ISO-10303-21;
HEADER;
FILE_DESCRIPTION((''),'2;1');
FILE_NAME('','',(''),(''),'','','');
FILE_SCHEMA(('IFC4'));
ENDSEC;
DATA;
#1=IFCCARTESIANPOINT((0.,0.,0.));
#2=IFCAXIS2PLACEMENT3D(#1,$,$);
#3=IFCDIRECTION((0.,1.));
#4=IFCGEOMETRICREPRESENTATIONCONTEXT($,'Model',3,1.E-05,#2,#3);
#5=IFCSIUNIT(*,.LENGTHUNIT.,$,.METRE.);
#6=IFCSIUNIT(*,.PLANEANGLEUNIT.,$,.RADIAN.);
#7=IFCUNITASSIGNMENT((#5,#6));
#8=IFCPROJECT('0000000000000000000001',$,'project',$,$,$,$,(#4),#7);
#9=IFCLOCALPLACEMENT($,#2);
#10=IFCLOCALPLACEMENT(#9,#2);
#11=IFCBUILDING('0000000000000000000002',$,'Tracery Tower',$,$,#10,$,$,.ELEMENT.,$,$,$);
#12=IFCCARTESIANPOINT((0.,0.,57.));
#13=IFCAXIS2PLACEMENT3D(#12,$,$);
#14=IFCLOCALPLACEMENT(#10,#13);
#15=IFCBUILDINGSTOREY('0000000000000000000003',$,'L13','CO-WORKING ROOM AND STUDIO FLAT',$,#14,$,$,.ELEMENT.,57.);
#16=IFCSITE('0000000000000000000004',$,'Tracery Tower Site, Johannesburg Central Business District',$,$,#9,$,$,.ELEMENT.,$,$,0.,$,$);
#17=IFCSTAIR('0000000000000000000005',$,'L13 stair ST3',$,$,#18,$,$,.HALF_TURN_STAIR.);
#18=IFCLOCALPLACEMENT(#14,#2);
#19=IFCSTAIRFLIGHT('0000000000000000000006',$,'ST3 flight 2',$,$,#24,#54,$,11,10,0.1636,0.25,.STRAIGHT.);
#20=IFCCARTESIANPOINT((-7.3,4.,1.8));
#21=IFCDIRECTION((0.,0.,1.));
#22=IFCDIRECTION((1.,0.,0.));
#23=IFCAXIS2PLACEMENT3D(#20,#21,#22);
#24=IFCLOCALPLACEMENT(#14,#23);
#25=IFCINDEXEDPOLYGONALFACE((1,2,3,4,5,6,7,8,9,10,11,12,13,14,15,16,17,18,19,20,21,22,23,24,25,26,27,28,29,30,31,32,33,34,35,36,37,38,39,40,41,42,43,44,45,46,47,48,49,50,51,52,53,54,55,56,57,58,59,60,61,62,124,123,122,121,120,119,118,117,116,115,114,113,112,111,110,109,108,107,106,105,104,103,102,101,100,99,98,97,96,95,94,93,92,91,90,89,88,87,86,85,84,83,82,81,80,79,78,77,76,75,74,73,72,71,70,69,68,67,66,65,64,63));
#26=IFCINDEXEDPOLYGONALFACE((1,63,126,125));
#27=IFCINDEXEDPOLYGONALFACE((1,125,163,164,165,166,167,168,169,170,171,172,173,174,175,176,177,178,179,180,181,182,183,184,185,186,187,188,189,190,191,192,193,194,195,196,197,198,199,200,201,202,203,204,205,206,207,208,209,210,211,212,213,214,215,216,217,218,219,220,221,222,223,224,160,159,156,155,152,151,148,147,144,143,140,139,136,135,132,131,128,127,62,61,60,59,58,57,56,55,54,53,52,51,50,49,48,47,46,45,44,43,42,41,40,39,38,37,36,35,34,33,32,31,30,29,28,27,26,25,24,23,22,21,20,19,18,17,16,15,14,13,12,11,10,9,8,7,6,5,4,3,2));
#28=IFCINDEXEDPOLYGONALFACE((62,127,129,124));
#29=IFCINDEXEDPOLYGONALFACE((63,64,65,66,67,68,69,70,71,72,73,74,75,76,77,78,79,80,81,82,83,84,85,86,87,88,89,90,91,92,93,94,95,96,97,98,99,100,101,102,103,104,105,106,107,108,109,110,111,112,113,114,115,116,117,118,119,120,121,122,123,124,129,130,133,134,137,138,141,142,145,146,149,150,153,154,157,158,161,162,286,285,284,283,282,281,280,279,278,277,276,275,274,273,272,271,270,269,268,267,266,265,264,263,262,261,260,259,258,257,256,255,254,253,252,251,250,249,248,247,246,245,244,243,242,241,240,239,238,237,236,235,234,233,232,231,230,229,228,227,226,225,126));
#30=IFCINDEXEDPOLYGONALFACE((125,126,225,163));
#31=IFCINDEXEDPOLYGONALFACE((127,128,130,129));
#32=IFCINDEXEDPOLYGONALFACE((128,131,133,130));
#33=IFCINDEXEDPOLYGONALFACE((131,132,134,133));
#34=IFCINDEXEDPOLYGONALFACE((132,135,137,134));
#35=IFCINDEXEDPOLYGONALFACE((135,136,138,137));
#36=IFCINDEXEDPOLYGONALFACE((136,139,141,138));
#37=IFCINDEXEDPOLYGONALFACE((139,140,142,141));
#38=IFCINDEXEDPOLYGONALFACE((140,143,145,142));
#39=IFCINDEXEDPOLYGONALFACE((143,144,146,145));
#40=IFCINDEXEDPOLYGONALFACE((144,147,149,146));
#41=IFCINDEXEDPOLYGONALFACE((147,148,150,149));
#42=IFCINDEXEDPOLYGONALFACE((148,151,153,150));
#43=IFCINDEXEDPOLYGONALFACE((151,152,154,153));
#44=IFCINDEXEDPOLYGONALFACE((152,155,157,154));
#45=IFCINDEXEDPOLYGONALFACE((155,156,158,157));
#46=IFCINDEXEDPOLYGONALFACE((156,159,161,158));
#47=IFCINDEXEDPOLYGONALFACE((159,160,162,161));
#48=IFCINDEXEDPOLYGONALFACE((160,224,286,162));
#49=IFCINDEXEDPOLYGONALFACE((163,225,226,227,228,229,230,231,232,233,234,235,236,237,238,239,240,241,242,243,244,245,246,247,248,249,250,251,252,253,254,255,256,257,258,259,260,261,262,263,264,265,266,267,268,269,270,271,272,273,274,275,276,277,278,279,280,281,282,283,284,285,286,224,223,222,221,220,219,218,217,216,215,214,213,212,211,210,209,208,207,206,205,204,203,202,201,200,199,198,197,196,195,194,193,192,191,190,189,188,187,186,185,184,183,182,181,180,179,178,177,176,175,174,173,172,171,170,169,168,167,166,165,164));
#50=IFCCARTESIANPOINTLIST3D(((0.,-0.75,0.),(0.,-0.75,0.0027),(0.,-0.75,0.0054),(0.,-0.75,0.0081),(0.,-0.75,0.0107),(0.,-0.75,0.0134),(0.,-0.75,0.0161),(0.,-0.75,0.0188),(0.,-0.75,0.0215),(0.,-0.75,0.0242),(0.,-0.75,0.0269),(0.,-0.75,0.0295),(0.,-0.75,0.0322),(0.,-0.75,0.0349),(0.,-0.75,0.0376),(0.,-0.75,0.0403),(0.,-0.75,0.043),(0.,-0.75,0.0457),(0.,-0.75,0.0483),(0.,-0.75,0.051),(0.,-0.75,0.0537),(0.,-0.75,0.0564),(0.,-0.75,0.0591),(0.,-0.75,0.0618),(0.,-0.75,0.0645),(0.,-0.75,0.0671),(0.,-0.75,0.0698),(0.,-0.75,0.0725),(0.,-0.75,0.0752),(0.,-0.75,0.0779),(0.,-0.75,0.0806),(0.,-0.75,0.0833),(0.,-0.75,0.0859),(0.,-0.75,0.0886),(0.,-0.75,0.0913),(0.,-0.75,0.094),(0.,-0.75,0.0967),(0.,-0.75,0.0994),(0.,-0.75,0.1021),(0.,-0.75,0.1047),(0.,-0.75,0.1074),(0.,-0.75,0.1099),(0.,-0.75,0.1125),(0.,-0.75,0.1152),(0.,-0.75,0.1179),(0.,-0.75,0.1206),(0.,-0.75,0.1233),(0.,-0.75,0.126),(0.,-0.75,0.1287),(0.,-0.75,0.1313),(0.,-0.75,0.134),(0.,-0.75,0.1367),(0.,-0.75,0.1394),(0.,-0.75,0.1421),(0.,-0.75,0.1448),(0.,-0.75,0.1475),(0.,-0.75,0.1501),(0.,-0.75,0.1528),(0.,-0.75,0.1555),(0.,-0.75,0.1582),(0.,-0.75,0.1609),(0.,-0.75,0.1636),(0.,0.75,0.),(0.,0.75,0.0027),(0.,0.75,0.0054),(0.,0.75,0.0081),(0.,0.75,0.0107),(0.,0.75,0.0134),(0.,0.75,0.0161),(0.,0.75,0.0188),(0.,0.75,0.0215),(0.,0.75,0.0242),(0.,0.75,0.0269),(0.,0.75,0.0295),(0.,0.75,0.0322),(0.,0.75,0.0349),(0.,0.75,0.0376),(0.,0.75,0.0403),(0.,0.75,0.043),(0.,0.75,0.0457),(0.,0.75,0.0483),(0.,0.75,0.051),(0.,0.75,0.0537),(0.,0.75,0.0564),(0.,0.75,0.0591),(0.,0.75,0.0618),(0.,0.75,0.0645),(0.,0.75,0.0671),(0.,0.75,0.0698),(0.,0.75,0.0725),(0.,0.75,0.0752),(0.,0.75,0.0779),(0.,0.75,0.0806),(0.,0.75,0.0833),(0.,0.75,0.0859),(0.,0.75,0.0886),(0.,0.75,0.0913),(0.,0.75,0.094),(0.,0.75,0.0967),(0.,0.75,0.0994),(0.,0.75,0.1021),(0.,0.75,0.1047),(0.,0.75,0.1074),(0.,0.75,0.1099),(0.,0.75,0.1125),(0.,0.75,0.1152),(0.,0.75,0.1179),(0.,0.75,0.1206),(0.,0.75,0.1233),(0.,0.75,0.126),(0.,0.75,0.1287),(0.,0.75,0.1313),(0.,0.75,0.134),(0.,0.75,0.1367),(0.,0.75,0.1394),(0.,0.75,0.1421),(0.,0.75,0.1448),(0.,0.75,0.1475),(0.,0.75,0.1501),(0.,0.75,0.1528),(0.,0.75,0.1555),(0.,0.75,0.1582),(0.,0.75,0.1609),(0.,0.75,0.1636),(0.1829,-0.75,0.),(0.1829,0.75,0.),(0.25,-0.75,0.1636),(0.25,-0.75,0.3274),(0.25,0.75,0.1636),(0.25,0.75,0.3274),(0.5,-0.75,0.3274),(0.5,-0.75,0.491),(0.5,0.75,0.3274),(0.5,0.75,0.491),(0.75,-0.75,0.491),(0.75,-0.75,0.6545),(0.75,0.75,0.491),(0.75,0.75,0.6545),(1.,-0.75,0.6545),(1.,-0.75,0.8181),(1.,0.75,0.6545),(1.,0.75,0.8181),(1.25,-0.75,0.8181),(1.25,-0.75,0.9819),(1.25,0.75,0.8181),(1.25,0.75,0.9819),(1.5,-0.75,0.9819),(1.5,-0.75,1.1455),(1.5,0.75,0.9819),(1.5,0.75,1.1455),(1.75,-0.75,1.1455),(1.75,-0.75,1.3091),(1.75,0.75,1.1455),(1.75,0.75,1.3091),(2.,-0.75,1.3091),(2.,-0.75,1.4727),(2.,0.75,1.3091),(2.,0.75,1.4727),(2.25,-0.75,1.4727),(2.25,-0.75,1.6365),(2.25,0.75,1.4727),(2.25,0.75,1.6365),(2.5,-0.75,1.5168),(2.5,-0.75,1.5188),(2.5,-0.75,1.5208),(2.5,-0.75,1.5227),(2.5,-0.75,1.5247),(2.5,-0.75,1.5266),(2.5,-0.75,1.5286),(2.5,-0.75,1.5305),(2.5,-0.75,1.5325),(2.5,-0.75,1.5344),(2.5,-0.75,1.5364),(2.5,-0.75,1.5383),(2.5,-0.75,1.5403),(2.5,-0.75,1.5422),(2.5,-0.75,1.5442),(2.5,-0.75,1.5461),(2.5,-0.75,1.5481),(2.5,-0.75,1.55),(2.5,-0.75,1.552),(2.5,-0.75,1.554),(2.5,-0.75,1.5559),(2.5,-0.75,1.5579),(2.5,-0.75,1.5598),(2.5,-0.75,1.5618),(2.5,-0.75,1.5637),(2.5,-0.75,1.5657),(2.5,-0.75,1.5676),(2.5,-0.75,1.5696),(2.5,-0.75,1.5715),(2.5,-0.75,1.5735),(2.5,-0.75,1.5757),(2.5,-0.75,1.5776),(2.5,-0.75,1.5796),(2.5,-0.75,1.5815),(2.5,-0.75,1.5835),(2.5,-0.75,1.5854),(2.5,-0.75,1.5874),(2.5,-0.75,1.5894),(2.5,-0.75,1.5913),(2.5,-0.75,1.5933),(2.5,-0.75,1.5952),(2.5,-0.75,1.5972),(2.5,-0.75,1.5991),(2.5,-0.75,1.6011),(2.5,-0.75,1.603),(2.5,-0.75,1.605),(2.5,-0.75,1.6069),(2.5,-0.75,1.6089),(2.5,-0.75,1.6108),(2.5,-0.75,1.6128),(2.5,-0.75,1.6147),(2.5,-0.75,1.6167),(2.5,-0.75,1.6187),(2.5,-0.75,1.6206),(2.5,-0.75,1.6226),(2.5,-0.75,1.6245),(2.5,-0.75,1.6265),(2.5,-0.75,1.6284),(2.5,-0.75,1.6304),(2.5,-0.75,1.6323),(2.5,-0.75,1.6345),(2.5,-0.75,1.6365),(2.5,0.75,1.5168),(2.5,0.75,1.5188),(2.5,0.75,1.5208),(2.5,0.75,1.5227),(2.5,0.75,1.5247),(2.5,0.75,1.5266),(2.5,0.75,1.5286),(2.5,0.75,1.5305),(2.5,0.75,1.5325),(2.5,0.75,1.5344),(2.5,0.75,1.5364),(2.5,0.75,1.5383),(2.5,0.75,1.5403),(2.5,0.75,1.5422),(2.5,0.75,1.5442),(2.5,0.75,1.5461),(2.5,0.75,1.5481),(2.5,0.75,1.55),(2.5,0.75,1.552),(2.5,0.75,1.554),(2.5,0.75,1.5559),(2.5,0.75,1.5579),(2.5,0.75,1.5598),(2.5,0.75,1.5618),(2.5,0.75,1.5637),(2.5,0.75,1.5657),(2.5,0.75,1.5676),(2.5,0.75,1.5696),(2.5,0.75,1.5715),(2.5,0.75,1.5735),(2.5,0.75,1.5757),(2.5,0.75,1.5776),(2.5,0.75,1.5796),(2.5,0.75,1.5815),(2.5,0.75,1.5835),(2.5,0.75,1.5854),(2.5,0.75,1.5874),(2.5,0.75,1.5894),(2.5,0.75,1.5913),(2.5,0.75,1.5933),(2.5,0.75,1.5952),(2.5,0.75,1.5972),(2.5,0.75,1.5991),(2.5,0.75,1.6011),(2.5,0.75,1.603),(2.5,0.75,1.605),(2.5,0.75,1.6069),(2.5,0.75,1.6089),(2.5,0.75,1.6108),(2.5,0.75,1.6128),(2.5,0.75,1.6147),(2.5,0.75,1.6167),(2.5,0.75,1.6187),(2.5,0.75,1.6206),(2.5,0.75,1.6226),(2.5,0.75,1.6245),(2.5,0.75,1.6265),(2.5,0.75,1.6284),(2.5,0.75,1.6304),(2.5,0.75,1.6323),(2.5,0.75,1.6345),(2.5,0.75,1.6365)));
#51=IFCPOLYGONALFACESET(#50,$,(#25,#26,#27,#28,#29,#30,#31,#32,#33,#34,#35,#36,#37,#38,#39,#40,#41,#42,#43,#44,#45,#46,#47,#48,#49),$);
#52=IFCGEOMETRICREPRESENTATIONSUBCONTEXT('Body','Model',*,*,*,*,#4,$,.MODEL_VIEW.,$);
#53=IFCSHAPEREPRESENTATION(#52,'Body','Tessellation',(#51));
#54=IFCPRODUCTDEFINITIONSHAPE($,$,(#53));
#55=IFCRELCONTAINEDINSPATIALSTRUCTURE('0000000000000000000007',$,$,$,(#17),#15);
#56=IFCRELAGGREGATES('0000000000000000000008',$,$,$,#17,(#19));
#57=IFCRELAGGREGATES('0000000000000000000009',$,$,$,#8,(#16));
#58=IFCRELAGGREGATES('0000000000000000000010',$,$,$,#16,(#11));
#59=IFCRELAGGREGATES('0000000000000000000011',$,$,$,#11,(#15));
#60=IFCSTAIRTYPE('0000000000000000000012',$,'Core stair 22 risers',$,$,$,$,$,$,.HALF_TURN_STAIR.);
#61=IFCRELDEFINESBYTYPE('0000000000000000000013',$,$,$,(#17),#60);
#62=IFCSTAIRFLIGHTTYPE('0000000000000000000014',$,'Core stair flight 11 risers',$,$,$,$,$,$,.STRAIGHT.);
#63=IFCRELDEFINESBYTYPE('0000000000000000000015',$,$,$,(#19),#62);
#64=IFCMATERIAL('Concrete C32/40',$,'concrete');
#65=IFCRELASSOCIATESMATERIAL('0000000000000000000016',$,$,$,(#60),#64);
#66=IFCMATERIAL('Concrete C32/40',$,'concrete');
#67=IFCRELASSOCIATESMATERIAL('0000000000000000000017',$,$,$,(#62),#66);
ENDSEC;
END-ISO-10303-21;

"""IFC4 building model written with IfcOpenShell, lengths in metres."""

from ifc_helpers import new_model, si_unit, direction, frame, origin, place, context, subcontext, project, spatial, polyline, outline, extrude, material, type_object, element, aggregate, save


model = new_model("IFC4")

# Units and contexts
model_context = context("Model", 3, precision=1e-05, world=origin(), true_north=direction((0.0, 1.0)))
body_context = subcontext(model_context, "Body", "Model", "MODEL_VIEW")
ifc_project = project(units=[si_unit("LENGTHUNIT", "METRE"), si_unit("PLANEANGLEUNIT", "RADIAN")], contexts=[model_context])

# Site, building, storey
site_placement = place(None, origin())
site = spatial("IfcSite", under=ifc_project, at=site_placement, Name="Tracery Tower Site, Johannesburg Central Business District", CompositionType="ELEMENT", RefElevation=0.0)
building_placement = place(site_placement, origin())
building = spatial("IfcBuilding", under=site, at=building_placement, Name="Tracery Tower", CompositionType="ELEMENT")
storey_placement = place(building_placement, frame((0.0, 0.0, 57.0)))
storey = spatial("IfcBuildingStorey", under=building, at=storey_placement, Name="L13", Description="CO-WORKING ROOM AND STUDIO FLAT", CompositionType="ELEMENT", Elevation=57.0)

# Stair, stair flight
ifc_material_1 = material(Name="Concrete C32/40", Category="concrete")
stair_type = type_object("IfcStairType", Name="Core stair 22 risers", PredefinedType="HALF_TURN_STAIR", material=ifc_material_1)
stair_placement = place(storey_placement, origin())
stair = element("IfcStair", 1, at=stair_placement, inside=storey, type_object=stair_type, Name="L13 stair ST3", PredefinedType="HALF_TURN_STAIR")
ifc_material_2 = material(Name="Concrete C32/40", Category="concrete")
stair_flight_type = type_object("IfcStairFlightType", Name="Core stair flight 11 risers", PredefinedType="STRAIGHT", material=ifc_material_2)
stair_flight_1_placement = place(storey_placement, frame((-7.3, 4.0, 1.8), z_axis=(0.0, 0.0, 1.0), x_axis=(1.0, 0.0, 0.0)))
stair_flight_1 = element("IfcStairFlight", 2, at=stair_flight_1_placement, type_object=stair_flight_type, Name="ST3 flight 2", NumberOfRisers=11, NumberOfTreads=10, PredefinedType="STRAIGHT", RiserHeight=0.1636, TreadLength=0.25, context=body_context, shape_type="SweptSolid", body=[
    extrude(outline(polyline([(0.0, 0.0), (0.0, 0.0027), (0.0, 0.0054), (0.0, 0.0081), (0.0, 0.0107), (0.0, 0.0134), (0.0, 0.0161), (0.0, 0.0188), (0.0, 0.0215), (0.0, 0.0242), (0.0, 0.0269), (0.0, 0.0295), (0.0, 0.0322), (0.0, 0.0349), (0.0, 0.0376), (0.0, 0.0403), (0.0, 0.043), (0.0, 0.0457), (0.0, 0.0483), (0.0, 0.051), (0.0, 0.0537), (0.0, 0.0564), (0.0, 0.0591), (0.0, 0.0618), (0.0, 0.0645), (0.0, 0.0671), (0.0, 0.0698), (0.0, 0.0725), (0.0, 0.0752), (0.0, 0.0779), (0.0, 0.0806), (0.0, 0.0833), (0.0, 0.0859), (0.0, 0.0886), (0.0, 0.0913), (0.0, 0.094), (0.0, 0.0967), (0.0, 0.0994), (0.0, 0.1021), (0.0, 0.1047), (0.0, 0.1074), (0.0, 0.1099), (0.0, 0.1125), (0.0, 0.1152), (0.0, 0.1179), (0.0, 0.1206), (0.0, 0.1233), (0.0, 0.126), (0.0, 0.1287), (0.0, 0.1313), (0.0, 0.134), (0.0, 0.1367), (0.0, 0.1394), (0.0, 0.1421), (0.0, 0.1448), (0.0, 0.1475), (0.0, 0.1501), (0.0, 0.1528), (0.0, 0.1555), (0.0, 0.1582), (0.0, 0.1609), (0.0, 0.1636), (0.25, 0.1636), (0.25, 0.3274), (0.5, 0.3274), (0.5, 0.491), (0.75, 0.491), (0.75, 0.6545), (1.0, 0.6545), (1.0, 0.8181), (1.25, 0.8181), (1.25, 0.9819), (1.5, 0.9819), (1.5, 1.1455), (1.75, 1.1455), (1.75, 1.3091), (2.0, 1.3091), (2.0, 1.4727), (2.25, 1.4727), (2.25, 1.6365), (2.5, 1.6365), (2.5, 1.6345), (2.5, 1.6323), (2.5, 1.6304), (2.5, 1.6284), (2.5, 1.6265), (2.5, 1.6245), (2.5, 1.6226), (2.5, 1.6206), (2.5, 1.6187), (2.5, 1.6167), (2.5, 1.6147), (2.5, 1.6128), (2.5, 1.6108), (2.5, 1.6089), (2.5, 1.6069), (2.5, 1.605), (2.5, 1.603), (2.5, 1.6011), (2.5, 1.5991), (2.5, 1.5972), (2.5, 1.5952), (2.5, 1.5933), (2.5, 1.5913), (2.5, 1.5894), (2.5, 1.5874), (2.5, 1.5854), (2.5, 1.5835), (2.5, 1.5815), (2.5, 1.5796), (2.5, 1.5776), (2.5, 1.5757), (2.5, 1.5735), (2.5, 1.5715), (2.5, 1.5696), (2.5, 1.5676), (2.5, 1.5657), (2.5, 1.5637), (2.5, 1.5618), (2.5, 1.5598), (2.5, 1.5579), (2.5, 1.5559), (2.5, 1.554), (2.5, 1.552), (2.5, 1.55), (2.5, 1.5481), (2.5, 1.5461), (2.5, 1.5442), (2.5, 1.5422), (2.5, 1.5403), (2.5, 1.5383), (2.5, 1.5364), (2.5, 1.5344), (2.5, 1.5325), (2.5, 1.5305), (2.5, 1.5286), (2.5, 1.5266), (2.5, 1.5247), (2.5, 1.5227), (2.5, 1.5208), (2.5, 1.5188), (2.5, 1.5168), (0.1829, 0.0), (0.0, 0.0)])), frame((0.0, 0.75, 0.0), z_axis=(0.0, -1.0, 0.0), x_axis=(1.0, 0.0, 0.0)), (0.0, 0.0, 1.0), 1.5),
])
aggregate(stair, [stair_flight_1])

save(model, "model.ifc")
